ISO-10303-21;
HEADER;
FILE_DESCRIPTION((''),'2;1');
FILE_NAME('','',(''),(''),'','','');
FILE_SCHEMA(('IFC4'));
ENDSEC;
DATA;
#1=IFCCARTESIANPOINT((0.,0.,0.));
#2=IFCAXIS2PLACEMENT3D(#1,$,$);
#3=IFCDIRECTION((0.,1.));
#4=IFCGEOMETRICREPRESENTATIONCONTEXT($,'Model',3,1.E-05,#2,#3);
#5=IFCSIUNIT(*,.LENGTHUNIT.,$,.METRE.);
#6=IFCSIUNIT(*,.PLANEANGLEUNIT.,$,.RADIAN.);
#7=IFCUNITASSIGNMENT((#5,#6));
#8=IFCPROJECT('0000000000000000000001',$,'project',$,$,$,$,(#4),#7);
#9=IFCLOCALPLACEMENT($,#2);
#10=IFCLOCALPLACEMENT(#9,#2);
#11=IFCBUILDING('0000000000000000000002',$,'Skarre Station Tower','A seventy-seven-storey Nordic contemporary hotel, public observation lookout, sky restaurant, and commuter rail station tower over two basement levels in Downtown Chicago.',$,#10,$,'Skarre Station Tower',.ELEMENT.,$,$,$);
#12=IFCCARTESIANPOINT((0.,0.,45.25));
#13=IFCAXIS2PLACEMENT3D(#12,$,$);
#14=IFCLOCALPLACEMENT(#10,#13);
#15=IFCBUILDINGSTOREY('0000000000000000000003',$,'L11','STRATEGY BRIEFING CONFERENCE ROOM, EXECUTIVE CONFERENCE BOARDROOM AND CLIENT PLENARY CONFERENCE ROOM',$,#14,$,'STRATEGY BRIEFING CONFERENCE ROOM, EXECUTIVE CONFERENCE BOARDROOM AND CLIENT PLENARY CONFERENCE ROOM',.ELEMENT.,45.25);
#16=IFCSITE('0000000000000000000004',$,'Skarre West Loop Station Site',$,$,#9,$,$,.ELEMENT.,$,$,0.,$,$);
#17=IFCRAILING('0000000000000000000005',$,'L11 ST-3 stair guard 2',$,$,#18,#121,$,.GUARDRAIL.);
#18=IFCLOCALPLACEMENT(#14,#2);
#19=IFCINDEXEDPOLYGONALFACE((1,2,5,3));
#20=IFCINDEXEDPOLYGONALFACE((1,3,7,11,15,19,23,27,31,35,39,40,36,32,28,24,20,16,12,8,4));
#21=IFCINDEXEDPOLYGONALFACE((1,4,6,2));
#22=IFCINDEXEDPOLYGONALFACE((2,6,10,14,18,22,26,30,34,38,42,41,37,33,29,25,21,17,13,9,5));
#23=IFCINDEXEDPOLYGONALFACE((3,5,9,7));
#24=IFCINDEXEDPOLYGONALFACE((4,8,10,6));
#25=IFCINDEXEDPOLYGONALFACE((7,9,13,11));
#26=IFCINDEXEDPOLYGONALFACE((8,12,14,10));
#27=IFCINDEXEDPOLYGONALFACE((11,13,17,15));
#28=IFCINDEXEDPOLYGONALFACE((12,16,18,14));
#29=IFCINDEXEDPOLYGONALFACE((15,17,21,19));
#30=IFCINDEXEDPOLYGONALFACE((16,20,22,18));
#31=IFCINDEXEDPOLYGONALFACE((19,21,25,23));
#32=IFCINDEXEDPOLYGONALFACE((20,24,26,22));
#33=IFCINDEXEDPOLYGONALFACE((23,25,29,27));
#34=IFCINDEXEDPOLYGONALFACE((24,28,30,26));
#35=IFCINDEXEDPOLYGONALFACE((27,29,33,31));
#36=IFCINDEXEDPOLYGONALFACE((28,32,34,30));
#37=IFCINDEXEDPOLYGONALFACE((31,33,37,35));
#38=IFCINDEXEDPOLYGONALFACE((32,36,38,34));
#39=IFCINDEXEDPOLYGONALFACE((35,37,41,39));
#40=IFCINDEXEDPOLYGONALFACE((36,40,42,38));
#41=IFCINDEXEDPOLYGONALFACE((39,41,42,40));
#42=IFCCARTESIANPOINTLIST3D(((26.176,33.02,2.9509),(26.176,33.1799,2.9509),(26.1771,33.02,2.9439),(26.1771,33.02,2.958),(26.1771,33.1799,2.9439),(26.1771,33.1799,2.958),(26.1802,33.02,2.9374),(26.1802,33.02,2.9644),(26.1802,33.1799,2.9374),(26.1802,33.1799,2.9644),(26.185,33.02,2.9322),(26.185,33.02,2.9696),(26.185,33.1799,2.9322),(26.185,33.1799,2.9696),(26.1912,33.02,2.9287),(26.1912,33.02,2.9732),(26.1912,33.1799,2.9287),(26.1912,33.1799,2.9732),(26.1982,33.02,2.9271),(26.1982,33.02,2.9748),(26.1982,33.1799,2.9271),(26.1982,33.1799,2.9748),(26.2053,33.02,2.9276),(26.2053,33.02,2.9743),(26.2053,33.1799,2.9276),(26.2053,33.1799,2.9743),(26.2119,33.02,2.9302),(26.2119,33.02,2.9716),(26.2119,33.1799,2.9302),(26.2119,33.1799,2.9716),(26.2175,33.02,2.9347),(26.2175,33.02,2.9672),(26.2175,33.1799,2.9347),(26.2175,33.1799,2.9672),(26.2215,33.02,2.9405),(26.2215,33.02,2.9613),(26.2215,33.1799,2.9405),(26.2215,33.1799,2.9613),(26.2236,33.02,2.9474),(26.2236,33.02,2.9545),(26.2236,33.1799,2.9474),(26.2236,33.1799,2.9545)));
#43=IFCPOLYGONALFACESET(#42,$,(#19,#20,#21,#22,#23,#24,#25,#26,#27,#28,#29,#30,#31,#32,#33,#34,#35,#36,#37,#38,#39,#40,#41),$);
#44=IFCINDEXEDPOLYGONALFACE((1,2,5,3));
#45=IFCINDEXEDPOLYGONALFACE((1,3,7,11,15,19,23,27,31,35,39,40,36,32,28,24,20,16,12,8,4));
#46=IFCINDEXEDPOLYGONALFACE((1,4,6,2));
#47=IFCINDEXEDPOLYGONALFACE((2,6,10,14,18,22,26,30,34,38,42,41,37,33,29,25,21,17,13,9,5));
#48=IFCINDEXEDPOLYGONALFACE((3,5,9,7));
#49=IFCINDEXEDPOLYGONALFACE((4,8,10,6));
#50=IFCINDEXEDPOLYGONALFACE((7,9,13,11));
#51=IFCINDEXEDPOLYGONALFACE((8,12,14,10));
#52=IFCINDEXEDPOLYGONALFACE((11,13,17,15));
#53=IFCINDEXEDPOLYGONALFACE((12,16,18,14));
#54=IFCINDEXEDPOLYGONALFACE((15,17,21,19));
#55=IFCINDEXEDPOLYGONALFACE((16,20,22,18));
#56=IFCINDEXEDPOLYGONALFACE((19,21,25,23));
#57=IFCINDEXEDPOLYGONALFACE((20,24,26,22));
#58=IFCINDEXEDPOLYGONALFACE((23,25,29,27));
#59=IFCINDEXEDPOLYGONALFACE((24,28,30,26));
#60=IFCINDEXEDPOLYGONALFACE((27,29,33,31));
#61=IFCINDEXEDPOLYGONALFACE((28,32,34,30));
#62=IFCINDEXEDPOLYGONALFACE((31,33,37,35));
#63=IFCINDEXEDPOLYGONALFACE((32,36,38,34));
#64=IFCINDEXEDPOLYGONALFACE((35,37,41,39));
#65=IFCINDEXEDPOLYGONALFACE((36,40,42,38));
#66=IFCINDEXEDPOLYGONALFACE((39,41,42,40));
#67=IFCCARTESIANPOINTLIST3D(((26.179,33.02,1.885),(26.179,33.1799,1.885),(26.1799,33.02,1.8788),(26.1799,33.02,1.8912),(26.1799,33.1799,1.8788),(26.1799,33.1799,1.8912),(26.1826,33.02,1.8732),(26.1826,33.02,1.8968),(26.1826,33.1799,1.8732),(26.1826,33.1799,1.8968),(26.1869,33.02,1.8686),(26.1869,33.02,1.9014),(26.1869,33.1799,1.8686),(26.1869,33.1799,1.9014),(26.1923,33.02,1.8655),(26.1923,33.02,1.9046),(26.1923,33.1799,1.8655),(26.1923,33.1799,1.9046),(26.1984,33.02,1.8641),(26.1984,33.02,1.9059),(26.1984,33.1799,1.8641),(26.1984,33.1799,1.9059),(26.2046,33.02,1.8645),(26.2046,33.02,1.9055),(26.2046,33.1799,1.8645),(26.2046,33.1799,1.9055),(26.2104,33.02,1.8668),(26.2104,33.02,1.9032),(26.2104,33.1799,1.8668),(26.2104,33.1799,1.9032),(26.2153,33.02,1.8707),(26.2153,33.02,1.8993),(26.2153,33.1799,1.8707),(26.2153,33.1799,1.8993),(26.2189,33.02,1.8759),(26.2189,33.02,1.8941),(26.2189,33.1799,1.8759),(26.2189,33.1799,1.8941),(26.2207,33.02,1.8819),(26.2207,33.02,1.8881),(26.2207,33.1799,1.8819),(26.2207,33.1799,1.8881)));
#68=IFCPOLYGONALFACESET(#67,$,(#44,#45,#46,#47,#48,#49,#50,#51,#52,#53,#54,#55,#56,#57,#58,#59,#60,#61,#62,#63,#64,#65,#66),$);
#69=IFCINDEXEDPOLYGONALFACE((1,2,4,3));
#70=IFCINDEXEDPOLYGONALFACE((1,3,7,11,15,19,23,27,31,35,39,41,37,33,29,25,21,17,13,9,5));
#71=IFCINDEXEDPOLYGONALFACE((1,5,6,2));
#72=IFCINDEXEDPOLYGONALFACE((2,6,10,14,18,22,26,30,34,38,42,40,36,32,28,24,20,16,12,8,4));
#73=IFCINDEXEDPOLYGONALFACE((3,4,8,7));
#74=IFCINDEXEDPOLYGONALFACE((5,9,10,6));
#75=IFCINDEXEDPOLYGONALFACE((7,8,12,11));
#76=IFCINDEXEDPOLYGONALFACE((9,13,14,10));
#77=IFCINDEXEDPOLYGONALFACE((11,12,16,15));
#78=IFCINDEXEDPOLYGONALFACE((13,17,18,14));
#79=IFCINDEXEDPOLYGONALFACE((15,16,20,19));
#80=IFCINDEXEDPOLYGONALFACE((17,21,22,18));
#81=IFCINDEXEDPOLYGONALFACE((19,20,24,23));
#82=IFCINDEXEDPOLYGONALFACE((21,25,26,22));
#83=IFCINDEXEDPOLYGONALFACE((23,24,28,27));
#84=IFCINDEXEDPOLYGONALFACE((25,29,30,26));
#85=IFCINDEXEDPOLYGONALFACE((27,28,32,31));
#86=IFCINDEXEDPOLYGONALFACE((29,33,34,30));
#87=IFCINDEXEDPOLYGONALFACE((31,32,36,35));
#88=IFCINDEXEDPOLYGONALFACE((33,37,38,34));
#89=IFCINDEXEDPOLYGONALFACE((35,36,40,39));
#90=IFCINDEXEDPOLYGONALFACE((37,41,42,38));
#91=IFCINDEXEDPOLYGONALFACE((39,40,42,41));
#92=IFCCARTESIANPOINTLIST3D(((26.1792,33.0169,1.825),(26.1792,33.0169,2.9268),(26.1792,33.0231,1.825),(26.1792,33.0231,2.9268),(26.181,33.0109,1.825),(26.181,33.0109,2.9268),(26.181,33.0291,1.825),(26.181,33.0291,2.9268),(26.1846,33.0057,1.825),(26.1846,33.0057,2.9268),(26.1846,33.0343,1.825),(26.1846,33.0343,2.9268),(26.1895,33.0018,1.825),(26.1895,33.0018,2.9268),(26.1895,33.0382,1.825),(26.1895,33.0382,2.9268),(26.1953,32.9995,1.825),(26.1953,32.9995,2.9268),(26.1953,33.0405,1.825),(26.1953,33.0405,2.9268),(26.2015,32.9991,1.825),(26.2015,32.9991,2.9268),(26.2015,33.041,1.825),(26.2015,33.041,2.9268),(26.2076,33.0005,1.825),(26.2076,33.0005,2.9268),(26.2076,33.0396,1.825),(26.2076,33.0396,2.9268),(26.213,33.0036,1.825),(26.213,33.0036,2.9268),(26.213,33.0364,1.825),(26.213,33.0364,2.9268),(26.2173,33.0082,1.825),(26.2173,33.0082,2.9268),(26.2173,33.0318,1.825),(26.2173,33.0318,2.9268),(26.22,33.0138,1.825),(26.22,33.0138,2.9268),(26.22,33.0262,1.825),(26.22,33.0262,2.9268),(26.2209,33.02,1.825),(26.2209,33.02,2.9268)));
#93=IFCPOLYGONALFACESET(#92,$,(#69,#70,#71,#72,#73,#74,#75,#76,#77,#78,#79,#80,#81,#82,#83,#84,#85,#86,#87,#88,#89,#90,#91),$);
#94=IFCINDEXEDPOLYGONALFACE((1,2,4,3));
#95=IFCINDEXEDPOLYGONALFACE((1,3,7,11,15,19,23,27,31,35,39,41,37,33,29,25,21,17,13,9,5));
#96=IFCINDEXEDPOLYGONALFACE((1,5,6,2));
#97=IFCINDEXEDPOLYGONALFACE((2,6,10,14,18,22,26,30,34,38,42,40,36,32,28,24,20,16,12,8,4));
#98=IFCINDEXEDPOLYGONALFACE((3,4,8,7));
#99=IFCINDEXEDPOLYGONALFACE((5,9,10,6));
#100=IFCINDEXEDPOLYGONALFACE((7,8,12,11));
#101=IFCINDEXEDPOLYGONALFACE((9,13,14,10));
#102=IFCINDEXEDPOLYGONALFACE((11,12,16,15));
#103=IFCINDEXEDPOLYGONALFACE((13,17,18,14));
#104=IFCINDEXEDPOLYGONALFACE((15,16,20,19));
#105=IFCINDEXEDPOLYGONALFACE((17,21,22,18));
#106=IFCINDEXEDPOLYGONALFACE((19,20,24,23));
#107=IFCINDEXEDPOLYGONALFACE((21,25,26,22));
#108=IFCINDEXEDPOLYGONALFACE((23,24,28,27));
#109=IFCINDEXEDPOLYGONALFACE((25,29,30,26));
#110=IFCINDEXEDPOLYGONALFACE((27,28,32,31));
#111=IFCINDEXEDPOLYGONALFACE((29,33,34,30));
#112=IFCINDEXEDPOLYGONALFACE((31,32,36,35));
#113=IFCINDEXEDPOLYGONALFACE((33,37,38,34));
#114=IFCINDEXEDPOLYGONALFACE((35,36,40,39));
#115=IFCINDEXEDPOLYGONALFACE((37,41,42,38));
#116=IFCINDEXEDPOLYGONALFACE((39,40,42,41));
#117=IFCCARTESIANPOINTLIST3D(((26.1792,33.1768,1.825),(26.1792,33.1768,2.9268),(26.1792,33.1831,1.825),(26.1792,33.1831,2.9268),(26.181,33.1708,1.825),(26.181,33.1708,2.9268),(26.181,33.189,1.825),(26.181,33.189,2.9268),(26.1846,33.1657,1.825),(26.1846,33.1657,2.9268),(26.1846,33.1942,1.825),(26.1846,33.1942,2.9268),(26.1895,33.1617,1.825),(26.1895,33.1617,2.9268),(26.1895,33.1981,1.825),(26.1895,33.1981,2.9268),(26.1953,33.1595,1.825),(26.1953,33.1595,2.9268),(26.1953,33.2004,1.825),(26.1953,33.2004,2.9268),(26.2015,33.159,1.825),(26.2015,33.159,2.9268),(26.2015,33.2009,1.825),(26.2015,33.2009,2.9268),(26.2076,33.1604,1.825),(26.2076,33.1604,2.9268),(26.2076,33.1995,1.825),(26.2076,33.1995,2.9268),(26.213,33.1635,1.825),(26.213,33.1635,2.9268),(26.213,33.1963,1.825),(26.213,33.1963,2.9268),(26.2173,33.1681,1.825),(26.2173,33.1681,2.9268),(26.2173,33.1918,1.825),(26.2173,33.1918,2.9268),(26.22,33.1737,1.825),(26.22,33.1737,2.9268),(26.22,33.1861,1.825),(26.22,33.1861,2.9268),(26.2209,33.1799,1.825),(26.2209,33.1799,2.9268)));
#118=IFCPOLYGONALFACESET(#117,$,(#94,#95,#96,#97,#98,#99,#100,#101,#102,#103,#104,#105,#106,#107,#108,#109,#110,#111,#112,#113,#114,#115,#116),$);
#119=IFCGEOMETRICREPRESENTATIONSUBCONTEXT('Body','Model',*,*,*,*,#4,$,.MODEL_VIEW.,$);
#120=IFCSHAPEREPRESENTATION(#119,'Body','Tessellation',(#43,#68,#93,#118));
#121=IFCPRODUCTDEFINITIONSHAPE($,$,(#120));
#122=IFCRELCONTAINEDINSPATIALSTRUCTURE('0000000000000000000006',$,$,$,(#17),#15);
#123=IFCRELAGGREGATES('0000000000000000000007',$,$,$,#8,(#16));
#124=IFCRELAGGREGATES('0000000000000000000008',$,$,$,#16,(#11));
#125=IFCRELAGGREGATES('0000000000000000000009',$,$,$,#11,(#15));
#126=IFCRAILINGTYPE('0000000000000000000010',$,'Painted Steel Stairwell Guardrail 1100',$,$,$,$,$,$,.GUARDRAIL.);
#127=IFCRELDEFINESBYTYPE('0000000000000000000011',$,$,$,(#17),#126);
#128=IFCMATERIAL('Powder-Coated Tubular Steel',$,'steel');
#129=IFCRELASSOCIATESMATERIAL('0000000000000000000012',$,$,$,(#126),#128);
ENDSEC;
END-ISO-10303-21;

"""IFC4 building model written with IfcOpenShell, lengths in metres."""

from ifc_helpers import new_model, si_unit, direction, frame, origin, origin_2d, place, context, subcontext, project, spatial, circle, extrude, material, type_object, element, save


model = new_model("IFC4")

# Units and contexts
model_context = context("Model", 3, precision=1e-05, world=origin(), true_north=direction((0.0, 1.0)))
body_context = subcontext(model_context, "Body", "Model", "MODEL_VIEW")
ifc_project = project(units=[si_unit("LENGTHUNIT", "METRE"), si_unit("PLANEANGLEUNIT", "RADIAN")], contexts=[model_context])

# Site, building, storey
site_placement = place(None, origin())
site = spatial("IfcSite", under=ifc_project, at=site_placement, Name="Skarre West Loop Station Site", CompositionType="ELEMENT", RefElevation=0.0)
building_placement = place(site_placement, origin())
building = spatial("IfcBuilding", under=site, at=building_placement, Name="Skarre Station Tower", Description="A seventy-seven-storey Nordic contemporary hotel, public observation lookout, sky restaurant, and commuter rail station tower over two basement levels in Downtown Chicago.", LongName="Skarre Station Tower", CompositionType="ELEMENT")
storey_placement = place(building_placement, frame((0.0, 0.0, 45.25)))
storey = spatial("IfcBuildingStorey", under=building, at=storey_placement, Name="L11", Description="STRATEGY BRIEFING CONFERENCE ROOM, EXECUTIVE CONFERENCE BOARDROOM AND CLIENT PLENARY CONFERENCE ROOM", LongName="STRATEGY BRIEFING CONFERENCE ROOM, EXECUTIVE CONFERENCE BOARDROOM AND CLIENT PLENARY CONFERENCE ROOM", CompositionType="ELEMENT", Elevation=45.25)

# Railing
ifc_material_1 = material(Name="Powder-Coated Tubular Steel", Category="steel")
railing_type_1 = type_object("IfcRailingType", Name="Painted Steel Stairwell Guardrail 1100", PredefinedType="GUARDRAIL", material=ifc_material_1)
railing_1_placement = place(storey_placement, frame((26.2, 33.02, 1.825)))
element("IfcRailing", 1, at=railing_1_placement, inside=storey, type_object=railing_type_1, Name="L11 ST-3 stair guard 2", PredefinedType="GUARDRAIL", context=body_context, shape_type="SweptSolid", body=[
    extrude(circle(Radius=0.0239, at=origin_2d()), frame((0.0, 0.0, 1.126), z_axis=(0.0, 1.0, 0.0), x_axis=(-1.0, 0.0, 0.0)), (0.0, 0.0, 1.0), 0.1599),
    extrude(circle(Radius=0.021, at=origin_2d()), frame((0.0, 0.0, 0.0601), z_axis=(0.0, 1.0, 0.0), x_axis=(-1.0, 0.0, 0.0)), (0.0, 0.0, 1.0), 0.1599),
    extrude(circle(Radius=0.021, at=origin_2d()), origin(), (0.0, 0.0, 1.0), 1.1018),
    extrude(circle(Radius=0.021, at=origin_2d()), frame((0.0, 0.1599, 0.0)), (0.0, 0.0, 1.0), 1.1018),
])

save(model, "model.ifc")
